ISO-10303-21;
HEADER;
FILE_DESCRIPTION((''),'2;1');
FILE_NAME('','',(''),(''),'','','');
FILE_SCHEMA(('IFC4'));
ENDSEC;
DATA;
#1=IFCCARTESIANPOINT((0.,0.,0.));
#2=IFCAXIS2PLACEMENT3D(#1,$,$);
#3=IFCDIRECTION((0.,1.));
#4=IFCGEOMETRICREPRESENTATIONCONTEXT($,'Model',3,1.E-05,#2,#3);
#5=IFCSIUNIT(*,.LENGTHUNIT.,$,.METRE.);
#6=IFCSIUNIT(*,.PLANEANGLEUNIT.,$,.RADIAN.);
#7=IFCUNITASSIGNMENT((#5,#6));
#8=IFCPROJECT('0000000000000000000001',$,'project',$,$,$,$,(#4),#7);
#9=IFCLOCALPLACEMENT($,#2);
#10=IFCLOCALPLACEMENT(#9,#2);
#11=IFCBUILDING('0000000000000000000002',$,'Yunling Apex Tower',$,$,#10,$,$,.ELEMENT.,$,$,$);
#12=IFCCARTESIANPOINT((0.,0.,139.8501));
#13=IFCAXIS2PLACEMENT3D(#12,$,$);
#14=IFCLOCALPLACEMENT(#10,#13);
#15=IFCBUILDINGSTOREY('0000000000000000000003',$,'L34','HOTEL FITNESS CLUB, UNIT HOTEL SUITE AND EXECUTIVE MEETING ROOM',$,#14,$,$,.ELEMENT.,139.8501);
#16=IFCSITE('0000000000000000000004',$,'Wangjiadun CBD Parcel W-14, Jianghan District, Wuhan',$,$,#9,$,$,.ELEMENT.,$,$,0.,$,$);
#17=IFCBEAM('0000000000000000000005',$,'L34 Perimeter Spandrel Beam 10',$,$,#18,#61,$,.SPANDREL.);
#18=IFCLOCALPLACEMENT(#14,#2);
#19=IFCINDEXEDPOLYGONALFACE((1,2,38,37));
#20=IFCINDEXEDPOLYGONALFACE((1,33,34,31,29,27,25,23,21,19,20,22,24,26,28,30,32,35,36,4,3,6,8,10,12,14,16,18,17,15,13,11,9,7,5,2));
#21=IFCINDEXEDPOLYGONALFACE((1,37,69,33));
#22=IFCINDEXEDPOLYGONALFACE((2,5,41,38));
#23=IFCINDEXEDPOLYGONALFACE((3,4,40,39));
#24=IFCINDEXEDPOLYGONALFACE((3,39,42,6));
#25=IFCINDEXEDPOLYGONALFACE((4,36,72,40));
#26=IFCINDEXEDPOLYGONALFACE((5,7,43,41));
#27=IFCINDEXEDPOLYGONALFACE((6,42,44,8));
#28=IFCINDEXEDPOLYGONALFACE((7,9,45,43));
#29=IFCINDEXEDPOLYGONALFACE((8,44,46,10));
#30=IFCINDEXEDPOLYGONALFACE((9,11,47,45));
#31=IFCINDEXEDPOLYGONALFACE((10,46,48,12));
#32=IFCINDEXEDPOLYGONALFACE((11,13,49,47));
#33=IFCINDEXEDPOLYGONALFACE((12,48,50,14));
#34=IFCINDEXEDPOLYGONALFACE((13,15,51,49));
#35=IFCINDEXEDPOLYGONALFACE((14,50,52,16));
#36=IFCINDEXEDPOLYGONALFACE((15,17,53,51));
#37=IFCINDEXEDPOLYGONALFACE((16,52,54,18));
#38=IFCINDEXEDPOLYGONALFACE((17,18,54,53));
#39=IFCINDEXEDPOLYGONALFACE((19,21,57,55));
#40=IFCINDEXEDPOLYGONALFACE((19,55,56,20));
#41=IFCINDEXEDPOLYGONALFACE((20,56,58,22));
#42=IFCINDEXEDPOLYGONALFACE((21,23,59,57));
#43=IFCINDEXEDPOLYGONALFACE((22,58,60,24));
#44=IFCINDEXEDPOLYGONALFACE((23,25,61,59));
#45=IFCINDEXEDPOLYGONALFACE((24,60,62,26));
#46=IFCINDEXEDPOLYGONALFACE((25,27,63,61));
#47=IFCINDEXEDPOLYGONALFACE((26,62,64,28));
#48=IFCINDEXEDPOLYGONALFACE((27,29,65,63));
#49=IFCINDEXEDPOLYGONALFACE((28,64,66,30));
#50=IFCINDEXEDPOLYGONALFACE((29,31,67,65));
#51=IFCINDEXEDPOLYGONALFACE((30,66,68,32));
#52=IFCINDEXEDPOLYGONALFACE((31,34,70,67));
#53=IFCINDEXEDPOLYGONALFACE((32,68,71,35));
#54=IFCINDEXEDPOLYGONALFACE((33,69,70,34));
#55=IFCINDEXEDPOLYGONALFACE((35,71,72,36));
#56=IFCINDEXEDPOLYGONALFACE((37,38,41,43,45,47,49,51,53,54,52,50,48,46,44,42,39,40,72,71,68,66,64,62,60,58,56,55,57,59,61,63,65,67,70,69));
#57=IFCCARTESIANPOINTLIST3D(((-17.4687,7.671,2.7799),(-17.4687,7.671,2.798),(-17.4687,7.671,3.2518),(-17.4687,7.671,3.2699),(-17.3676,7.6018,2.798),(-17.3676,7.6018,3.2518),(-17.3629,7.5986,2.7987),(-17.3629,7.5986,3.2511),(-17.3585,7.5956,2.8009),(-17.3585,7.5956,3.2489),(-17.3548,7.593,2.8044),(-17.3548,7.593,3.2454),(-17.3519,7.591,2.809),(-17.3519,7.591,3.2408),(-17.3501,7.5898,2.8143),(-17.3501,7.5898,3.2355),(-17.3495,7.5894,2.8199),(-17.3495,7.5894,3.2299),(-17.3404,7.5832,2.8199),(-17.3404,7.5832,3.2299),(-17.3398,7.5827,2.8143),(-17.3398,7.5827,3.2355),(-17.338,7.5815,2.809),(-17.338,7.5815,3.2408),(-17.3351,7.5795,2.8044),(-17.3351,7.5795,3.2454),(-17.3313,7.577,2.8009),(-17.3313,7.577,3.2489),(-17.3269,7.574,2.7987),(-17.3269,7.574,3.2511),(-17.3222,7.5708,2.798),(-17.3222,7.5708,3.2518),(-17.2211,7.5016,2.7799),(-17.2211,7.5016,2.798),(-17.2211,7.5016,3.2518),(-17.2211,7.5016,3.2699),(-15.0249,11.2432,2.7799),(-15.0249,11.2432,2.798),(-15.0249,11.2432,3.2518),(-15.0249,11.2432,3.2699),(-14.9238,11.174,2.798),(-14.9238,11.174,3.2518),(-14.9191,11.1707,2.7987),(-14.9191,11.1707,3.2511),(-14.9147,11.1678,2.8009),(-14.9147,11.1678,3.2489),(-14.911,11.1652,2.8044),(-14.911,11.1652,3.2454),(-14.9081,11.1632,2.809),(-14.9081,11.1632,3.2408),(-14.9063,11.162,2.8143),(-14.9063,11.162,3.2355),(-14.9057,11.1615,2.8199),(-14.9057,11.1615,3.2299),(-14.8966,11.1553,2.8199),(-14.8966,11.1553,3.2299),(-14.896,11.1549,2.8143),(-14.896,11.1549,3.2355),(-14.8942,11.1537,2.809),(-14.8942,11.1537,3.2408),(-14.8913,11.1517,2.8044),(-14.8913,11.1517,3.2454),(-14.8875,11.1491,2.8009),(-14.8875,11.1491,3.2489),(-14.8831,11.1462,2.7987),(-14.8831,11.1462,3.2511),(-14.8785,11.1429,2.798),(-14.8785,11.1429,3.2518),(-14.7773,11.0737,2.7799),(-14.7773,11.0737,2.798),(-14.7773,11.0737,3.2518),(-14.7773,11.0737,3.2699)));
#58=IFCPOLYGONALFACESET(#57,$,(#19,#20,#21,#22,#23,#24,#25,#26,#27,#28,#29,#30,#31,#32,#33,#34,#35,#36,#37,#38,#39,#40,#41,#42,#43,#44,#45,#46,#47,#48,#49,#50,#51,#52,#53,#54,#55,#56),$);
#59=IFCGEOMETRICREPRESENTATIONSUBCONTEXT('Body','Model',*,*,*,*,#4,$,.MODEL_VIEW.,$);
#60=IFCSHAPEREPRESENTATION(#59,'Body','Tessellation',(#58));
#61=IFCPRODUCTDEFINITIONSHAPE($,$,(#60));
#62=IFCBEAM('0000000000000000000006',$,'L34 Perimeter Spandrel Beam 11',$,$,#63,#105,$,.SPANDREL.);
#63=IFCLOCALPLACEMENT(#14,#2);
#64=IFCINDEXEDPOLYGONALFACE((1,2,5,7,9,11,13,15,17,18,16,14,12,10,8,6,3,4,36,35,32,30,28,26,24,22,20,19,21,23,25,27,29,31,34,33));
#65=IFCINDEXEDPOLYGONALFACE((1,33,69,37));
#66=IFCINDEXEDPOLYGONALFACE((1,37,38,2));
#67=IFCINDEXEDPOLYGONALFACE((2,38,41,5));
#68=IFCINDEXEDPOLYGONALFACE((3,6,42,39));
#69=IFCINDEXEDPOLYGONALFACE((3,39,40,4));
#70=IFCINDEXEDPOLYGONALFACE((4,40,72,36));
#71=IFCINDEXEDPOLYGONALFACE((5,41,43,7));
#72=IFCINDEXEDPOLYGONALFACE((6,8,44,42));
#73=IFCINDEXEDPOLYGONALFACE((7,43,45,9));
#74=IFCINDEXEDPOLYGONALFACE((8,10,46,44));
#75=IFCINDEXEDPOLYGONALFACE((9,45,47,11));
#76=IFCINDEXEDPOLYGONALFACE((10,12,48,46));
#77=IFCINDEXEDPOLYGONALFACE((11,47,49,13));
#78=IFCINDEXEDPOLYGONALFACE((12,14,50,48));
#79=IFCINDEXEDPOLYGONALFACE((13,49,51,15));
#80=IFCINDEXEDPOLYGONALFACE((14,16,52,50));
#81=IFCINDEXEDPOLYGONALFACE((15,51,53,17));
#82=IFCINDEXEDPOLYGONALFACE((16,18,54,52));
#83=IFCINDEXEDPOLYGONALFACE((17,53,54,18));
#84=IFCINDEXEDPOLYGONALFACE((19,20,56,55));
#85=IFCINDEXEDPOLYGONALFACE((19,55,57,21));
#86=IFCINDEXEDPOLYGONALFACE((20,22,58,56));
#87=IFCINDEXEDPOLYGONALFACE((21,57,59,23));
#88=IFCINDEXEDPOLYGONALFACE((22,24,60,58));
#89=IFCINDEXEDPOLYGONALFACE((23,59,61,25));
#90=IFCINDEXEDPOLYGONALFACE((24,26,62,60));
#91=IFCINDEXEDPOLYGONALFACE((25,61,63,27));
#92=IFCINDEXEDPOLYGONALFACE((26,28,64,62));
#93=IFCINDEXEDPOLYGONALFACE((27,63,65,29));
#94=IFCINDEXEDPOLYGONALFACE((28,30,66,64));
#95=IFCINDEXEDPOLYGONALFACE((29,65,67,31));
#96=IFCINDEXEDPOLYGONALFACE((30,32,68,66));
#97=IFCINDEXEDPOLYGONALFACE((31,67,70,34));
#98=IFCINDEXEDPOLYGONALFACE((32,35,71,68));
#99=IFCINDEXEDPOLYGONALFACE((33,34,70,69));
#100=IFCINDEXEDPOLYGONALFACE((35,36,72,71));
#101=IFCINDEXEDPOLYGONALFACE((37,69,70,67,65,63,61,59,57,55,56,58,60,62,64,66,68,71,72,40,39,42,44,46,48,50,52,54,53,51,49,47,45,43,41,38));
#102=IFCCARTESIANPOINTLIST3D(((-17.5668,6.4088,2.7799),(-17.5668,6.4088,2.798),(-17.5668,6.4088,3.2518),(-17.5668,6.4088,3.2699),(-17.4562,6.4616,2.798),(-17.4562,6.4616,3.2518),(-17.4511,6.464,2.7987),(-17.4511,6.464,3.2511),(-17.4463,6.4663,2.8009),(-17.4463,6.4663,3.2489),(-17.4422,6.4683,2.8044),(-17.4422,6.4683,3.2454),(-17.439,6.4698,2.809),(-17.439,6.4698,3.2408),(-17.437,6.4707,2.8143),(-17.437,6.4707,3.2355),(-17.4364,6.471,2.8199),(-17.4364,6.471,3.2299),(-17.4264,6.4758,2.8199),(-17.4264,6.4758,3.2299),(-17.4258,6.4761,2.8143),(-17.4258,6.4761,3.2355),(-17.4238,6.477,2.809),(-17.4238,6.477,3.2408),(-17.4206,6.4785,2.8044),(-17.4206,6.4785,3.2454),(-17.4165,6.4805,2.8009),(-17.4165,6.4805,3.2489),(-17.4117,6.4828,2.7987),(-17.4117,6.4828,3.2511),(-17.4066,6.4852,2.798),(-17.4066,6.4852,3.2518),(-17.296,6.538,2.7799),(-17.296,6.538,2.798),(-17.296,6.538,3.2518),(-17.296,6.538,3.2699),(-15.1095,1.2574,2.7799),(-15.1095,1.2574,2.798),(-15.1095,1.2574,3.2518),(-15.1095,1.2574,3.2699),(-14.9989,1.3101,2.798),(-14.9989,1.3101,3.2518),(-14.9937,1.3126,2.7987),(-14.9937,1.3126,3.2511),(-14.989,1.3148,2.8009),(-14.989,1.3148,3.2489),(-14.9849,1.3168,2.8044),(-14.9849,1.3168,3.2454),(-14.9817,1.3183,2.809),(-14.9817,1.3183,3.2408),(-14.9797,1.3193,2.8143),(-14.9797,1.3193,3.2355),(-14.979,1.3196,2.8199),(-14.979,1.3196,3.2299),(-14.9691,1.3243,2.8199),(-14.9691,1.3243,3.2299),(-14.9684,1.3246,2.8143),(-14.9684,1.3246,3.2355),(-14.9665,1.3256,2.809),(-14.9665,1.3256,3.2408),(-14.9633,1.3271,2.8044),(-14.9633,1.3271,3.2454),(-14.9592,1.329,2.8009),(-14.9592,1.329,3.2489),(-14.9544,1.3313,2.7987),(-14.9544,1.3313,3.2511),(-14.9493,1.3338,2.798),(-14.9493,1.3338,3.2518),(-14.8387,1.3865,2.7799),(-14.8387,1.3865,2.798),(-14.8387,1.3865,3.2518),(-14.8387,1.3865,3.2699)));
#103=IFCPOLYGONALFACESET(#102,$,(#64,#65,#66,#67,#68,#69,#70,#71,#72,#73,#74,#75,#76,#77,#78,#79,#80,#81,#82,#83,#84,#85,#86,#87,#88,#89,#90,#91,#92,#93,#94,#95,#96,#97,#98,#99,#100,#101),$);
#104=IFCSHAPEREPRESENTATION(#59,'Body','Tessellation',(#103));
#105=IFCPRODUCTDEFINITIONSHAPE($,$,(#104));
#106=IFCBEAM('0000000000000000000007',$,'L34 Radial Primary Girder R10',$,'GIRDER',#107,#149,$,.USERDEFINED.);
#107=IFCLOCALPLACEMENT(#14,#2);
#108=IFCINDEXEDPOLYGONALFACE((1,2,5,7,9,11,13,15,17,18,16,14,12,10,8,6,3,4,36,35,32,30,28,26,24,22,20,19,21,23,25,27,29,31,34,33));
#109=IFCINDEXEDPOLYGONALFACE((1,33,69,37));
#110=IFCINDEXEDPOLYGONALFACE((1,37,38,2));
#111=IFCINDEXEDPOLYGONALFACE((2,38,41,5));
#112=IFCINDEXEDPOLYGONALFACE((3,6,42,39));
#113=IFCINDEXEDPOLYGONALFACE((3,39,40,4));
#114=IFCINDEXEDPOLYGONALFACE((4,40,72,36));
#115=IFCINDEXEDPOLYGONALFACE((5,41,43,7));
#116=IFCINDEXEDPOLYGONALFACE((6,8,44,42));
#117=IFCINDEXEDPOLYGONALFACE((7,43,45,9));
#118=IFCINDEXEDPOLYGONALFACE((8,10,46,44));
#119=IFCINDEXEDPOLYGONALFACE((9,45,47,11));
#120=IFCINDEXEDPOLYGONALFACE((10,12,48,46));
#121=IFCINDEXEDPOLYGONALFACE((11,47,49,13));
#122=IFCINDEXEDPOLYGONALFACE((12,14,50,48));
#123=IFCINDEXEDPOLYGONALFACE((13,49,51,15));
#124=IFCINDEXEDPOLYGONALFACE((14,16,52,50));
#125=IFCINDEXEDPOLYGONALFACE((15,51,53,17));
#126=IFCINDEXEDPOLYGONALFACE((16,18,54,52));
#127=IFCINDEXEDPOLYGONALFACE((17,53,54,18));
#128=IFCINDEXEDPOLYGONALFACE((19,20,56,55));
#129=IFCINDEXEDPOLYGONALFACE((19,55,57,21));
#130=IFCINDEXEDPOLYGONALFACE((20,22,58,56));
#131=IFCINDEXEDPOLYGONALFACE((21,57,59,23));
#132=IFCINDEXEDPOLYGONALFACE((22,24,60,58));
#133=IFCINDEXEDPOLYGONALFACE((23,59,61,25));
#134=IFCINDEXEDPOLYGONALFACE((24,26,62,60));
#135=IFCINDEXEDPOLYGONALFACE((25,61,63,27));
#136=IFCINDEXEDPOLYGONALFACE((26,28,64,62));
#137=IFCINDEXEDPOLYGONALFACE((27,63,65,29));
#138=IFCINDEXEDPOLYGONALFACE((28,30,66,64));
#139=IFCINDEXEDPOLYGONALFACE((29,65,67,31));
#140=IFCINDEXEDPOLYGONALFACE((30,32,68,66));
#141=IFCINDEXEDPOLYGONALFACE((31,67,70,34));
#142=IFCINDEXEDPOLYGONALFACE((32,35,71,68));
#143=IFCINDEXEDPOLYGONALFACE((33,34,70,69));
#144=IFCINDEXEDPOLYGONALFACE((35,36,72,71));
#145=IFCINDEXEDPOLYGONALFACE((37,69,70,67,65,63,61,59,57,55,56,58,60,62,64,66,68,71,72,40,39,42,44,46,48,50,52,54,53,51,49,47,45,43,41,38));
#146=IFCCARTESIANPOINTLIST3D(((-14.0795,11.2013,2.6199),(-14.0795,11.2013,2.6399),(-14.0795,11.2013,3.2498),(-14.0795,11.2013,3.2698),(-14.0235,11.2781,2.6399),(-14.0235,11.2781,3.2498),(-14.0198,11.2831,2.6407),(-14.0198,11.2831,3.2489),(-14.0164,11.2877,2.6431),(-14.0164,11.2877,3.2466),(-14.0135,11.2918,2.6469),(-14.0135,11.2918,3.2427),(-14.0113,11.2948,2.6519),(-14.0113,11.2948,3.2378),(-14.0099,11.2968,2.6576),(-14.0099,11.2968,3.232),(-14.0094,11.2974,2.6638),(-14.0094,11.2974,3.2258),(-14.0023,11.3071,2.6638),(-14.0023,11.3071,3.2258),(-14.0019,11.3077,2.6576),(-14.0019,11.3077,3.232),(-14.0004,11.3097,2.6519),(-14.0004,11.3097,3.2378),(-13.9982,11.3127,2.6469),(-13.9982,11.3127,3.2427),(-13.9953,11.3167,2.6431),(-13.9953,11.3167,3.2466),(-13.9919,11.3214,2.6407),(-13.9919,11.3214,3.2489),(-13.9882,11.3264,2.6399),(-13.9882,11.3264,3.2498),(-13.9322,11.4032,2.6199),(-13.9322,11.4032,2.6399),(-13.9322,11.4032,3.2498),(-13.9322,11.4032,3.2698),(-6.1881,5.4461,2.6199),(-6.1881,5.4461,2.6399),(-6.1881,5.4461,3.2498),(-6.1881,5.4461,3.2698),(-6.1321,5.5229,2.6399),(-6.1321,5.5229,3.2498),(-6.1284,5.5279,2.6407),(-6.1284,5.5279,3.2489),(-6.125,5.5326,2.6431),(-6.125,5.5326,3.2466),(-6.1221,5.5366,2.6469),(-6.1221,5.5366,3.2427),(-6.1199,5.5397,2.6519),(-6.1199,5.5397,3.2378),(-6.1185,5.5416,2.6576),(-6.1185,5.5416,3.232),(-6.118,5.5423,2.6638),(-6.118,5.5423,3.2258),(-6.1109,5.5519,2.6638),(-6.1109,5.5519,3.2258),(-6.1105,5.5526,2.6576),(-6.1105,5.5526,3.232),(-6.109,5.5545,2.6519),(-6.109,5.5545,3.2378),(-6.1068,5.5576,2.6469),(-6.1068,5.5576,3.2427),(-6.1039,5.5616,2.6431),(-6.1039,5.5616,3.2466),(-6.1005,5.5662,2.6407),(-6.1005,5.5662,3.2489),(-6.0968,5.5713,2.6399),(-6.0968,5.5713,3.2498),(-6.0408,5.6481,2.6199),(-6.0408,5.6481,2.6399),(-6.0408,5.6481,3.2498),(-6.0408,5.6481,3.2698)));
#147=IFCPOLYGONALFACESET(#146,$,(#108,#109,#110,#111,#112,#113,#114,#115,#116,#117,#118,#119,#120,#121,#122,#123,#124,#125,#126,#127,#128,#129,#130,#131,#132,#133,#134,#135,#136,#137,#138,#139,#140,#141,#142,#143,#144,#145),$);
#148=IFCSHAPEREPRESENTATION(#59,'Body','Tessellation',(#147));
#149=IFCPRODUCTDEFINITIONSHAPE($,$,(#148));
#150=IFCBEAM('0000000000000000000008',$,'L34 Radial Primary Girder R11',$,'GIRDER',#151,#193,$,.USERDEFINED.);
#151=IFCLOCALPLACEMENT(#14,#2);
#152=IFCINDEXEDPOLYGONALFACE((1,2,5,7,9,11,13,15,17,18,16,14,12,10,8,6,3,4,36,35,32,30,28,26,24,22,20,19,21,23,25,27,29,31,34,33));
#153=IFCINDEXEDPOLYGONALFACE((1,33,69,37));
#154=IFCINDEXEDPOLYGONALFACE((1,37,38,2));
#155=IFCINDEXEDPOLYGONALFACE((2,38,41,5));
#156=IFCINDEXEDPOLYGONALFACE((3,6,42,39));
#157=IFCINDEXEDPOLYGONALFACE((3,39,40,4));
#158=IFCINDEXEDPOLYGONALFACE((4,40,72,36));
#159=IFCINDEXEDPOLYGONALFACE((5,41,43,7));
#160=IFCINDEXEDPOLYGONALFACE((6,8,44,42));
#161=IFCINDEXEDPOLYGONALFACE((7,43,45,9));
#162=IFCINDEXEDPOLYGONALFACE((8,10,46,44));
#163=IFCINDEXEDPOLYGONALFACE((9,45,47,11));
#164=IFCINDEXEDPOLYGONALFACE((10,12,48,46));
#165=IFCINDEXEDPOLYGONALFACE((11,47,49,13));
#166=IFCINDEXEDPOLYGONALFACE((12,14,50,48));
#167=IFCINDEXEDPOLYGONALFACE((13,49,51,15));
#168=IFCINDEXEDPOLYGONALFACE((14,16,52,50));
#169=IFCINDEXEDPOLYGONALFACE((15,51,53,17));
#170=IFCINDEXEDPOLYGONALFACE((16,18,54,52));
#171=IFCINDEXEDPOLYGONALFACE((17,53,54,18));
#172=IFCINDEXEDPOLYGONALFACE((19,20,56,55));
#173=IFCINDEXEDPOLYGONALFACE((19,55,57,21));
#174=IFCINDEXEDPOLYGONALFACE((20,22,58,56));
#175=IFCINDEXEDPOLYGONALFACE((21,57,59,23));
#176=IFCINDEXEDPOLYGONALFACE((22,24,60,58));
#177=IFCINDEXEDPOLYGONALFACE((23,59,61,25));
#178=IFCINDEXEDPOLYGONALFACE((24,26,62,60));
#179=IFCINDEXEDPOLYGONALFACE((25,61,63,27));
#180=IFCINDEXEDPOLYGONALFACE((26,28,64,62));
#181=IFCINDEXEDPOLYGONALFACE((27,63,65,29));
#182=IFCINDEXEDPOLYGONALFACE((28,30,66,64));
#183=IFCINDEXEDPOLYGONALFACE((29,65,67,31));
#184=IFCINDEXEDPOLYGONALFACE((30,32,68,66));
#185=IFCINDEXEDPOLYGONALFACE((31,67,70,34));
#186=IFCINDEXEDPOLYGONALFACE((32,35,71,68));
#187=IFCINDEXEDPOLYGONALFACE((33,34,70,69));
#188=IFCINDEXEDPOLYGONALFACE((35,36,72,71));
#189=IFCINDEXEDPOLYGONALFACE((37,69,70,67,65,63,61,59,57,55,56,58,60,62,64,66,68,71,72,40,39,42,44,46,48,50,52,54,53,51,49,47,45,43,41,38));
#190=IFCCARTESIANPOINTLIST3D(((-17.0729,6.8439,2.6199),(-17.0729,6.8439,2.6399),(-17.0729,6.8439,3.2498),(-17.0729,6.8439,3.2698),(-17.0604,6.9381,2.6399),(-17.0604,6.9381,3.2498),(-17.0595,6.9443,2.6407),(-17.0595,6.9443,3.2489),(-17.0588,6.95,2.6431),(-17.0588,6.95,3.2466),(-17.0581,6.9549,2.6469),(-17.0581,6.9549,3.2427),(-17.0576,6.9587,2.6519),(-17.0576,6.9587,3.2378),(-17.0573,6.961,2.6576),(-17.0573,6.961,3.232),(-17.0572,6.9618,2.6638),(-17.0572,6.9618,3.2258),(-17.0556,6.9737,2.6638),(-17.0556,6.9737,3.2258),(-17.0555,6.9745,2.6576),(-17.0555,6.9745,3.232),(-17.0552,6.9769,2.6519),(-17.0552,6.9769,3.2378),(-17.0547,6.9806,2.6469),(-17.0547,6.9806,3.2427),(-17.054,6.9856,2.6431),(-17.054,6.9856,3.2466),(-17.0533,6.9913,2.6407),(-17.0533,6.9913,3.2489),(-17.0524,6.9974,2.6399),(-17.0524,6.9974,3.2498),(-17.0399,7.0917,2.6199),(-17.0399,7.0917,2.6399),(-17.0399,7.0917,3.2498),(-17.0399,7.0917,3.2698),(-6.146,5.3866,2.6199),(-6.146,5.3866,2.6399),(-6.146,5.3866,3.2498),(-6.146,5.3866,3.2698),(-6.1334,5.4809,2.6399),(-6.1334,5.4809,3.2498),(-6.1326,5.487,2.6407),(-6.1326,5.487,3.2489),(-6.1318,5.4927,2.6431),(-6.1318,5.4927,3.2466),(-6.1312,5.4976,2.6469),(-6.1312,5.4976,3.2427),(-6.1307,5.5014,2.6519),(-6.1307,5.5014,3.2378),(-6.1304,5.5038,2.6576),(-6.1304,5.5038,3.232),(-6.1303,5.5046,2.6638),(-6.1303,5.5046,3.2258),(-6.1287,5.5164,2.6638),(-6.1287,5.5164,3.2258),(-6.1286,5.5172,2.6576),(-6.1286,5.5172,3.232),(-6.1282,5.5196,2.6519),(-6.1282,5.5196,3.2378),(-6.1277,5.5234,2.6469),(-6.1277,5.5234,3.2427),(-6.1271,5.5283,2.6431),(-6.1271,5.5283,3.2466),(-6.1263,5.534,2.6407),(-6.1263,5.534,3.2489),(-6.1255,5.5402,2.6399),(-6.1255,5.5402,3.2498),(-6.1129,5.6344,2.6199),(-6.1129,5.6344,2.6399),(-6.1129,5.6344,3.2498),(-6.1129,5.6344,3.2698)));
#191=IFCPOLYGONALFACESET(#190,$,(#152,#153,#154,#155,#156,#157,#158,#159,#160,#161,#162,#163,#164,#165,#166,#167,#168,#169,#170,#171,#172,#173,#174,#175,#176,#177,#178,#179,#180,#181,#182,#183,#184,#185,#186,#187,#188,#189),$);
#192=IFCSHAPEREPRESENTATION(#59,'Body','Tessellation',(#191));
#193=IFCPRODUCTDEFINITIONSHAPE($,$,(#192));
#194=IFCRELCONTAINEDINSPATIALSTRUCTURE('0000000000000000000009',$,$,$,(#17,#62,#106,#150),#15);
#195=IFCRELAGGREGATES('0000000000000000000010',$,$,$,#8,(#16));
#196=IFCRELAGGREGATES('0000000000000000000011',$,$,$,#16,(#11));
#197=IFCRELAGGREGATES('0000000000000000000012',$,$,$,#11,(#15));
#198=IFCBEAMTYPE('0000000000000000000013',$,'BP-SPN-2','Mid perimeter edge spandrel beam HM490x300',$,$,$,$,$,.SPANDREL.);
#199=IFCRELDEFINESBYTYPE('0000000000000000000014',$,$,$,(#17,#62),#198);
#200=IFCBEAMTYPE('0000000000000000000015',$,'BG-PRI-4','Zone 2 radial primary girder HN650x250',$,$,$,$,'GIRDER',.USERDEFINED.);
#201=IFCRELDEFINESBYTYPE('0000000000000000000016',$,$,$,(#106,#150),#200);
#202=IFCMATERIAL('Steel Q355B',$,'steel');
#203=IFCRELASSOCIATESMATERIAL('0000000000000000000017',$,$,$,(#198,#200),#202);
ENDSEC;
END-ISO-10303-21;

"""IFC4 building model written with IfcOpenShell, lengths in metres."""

from ifc_helpers import new_model, si_unit, direction, frame, origin, origin_2d, place, context, subcontext, project, spatial, i_section, extrude, source, transform, mapped, material, material_profile, profile_set, type_object, element, save


model = new_model("IFC4")

# Units and contexts
model_context = context("Model", 3, precision=1e-05, world=origin(), true_north=direction((0.0, 1.0)))
body_context = subcontext(model_context, "Body", "Model", "MODEL_VIEW")
ifc_project = project(units=[si_unit("LENGTHUNIT", "METRE"), si_unit("PLANEANGLEUNIT", "RADIAN")], contexts=[model_context])

# Site, building, storey
site_placement = place(None, origin())
site = spatial("IfcSite", under=ifc_project, at=site_placement, Name="Wangjiadun CBD Parcel W-14, Jianghan District, Wuhan", CompositionType="ELEMENT", RefElevation=0.0)
building_placement = place(site_placement, origin())
building = spatial("IfcBuilding", under=site, at=building_placement, Name="Yunling Apex Tower", CompositionType="ELEMENT")
storey_placement = place(building_placement, frame((0.0, 0.0, 139.8501)))
storey = spatial("IfcBuildingStorey", under=building, at=storey_placement, Name="L34", Description="HOTEL FITNESS CLUB, UNIT HOTEL SUITE AND EXECUTIVE MEETING ROOM", CompositionType="ELEMENT", Elevation=139.8501)

# Beams
ifc_material_1 = material(Name="Steel Q355B", Category="steel")
ifc_material_profile_1 = material_profile(ifc_material_1, i_section(OverallWidth=0.3, OverallDepth=0.49, WebThickness=0.011, FlangeThickness=0.0181, FilletRadius=0.022, at=origin_2d()))
ifc_profile_set_1 = profile_set([ifc_material_profile_1], Name="Steel Q355B")
beam_type_1 = type_object("IfcBeamType", Name="BP-SPN-2", Description="Mid perimeter edge spandrel beam HM490x300", PredefinedType="SPANDREL", material=ifc_profile_set_1)
shared_shape_1 = source(origin(), body_context, "Body", "SweptSolid", [
    extrude(i_section(OverallWidth=0.3, OverallDepth=0.49, WebThickness=0.011, FlangeThickness=0.0181, FilletRadius=0.022, at=origin_2d()), origin(), (0.0, 0.0, 1.0), 4.3281),
])
beam_1_placement = place(storey_placement, frame((-14.9011, 11.1584, 3.0249), z_axis=(-0.564631, -0.825343, 0.0), x_axis=(0.825343, -0.564631, 0.0)))
element("IfcBeam", 1, at=beam_1_placement, inside=storey, type_object=beam_type_1, Name="L34 Perimeter Spandrel Beam 10", PredefinedType="SPANDREL", context=body_context, shape_type="MappedRepresentation", body=[
    mapped(shared_shape_1, transform((0.0, 0.0, 0.0), scale=1.0)),
])
shared_shape_2 = source(origin(), body_context, "Body", "SweptSolid", [
    extrude(i_section(OverallWidth=0.3, OverallDepth=0.49, WebThickness=0.011, FlangeThickness=0.0181, FilletRadius=0.022, at=origin_2d()), origin(), (0.0, 0.0, 1.0), 5.7075),
])
beam_2_placement = place(storey_placement, frame((-17.4314, 6.4734, 3.0249), z_axis=(0.43054, -0.902572, 0.0), x_axis=(0.902572, 0.43054, 0.0)))
element("IfcBeam", 2, at=beam_2_placement, inside=storey, type_object=beam_type_1, Name="L34 Perimeter Spandrel Beam 11", PredefinedType="SPANDREL", context=body_context, shape_type="MappedRepresentation", body=[
    mapped(shared_shape_2, transform((0.0, 0.0, 0.0), scale=1.0)),
])
ifc_material_profile_2 = material_profile(ifc_material_1, i_section(OverallWidth=0.25, OverallDepth=0.6499, WebThickness=0.012, FlangeThickness=0.02, FilletRadius=0.0239, at=origin_2d()))
ifc_profile_set_2 = profile_set([ifc_material_profile_2], Name="Steel Q355B")
beam_type_2 = type_object("IfcBeamType", Name="BG-PRI-4", Description="Zone 2 radial primary girder HN650x250", ElementType="GIRDER", PredefinedType="USERDEFINED", material=ifc_profile_set_2)
shared_shape_3 = source(origin(), body_context, "Body", "SweptSolid", [
    extrude(i_section(OverallWidth=0.25, OverallDepth=0.6499, WebThickness=0.012, FlangeThickness=0.02, FilletRadius=0.0239, at=origin_2d()), origin(), (0.0, 0.0, 1.0), 9.7671),
])
beam_3_placement = place(storey_placement, frame((-14.0059, 11.3022, 2.9448), z_axis=(0.807958, -0.58924, 0.0), x_axis=(0.58924, 0.807958, 0.0)))
element("IfcBeam", 3, at=beam_3_placement, inside=storey, type_object=beam_type_2, Name="L34 Radial Primary Girder R10", ObjectType="GIRDER", PredefinedType="USERDEFINED", context=body_context, shape_type="MappedRepresentation", body=[
    mapped(shared_shape_3, transform((0.0, 0.0, 0.0), scale=1.0)),
])
shared_shape_4 = source(origin(), body_context, "Body", "SweptSolid", [
    extrude(i_section(OverallWidth=0.25, OverallDepth=0.6499, WebThickness=0.012, FlangeThickness=0.02, FilletRadius=0.0239, at=origin_2d()), origin(), (0.0, 0.0, 1.0), 11.0237),
])
beam_4_placement = place(storey_placement, frame((-17.0564, 6.9678, 2.9448), z_axis=(0.991224, -0.132194, 0.0), x_axis=(0.132194, 0.991224, 0.0)))
element("IfcBeam", 4, at=beam_4_placement, inside=storey, type_object=beam_type_2, Name="L34 Radial Primary Girder R11", ObjectType="GIRDER", PredefinedType="USERDEFINED", context=body_context, shape_type="MappedRepresentation", body=[
    mapped(shared_shape_4, transform((0.0, 0.0, 0.0), scale=1.0)),
])

save(model, "model.ifc")
